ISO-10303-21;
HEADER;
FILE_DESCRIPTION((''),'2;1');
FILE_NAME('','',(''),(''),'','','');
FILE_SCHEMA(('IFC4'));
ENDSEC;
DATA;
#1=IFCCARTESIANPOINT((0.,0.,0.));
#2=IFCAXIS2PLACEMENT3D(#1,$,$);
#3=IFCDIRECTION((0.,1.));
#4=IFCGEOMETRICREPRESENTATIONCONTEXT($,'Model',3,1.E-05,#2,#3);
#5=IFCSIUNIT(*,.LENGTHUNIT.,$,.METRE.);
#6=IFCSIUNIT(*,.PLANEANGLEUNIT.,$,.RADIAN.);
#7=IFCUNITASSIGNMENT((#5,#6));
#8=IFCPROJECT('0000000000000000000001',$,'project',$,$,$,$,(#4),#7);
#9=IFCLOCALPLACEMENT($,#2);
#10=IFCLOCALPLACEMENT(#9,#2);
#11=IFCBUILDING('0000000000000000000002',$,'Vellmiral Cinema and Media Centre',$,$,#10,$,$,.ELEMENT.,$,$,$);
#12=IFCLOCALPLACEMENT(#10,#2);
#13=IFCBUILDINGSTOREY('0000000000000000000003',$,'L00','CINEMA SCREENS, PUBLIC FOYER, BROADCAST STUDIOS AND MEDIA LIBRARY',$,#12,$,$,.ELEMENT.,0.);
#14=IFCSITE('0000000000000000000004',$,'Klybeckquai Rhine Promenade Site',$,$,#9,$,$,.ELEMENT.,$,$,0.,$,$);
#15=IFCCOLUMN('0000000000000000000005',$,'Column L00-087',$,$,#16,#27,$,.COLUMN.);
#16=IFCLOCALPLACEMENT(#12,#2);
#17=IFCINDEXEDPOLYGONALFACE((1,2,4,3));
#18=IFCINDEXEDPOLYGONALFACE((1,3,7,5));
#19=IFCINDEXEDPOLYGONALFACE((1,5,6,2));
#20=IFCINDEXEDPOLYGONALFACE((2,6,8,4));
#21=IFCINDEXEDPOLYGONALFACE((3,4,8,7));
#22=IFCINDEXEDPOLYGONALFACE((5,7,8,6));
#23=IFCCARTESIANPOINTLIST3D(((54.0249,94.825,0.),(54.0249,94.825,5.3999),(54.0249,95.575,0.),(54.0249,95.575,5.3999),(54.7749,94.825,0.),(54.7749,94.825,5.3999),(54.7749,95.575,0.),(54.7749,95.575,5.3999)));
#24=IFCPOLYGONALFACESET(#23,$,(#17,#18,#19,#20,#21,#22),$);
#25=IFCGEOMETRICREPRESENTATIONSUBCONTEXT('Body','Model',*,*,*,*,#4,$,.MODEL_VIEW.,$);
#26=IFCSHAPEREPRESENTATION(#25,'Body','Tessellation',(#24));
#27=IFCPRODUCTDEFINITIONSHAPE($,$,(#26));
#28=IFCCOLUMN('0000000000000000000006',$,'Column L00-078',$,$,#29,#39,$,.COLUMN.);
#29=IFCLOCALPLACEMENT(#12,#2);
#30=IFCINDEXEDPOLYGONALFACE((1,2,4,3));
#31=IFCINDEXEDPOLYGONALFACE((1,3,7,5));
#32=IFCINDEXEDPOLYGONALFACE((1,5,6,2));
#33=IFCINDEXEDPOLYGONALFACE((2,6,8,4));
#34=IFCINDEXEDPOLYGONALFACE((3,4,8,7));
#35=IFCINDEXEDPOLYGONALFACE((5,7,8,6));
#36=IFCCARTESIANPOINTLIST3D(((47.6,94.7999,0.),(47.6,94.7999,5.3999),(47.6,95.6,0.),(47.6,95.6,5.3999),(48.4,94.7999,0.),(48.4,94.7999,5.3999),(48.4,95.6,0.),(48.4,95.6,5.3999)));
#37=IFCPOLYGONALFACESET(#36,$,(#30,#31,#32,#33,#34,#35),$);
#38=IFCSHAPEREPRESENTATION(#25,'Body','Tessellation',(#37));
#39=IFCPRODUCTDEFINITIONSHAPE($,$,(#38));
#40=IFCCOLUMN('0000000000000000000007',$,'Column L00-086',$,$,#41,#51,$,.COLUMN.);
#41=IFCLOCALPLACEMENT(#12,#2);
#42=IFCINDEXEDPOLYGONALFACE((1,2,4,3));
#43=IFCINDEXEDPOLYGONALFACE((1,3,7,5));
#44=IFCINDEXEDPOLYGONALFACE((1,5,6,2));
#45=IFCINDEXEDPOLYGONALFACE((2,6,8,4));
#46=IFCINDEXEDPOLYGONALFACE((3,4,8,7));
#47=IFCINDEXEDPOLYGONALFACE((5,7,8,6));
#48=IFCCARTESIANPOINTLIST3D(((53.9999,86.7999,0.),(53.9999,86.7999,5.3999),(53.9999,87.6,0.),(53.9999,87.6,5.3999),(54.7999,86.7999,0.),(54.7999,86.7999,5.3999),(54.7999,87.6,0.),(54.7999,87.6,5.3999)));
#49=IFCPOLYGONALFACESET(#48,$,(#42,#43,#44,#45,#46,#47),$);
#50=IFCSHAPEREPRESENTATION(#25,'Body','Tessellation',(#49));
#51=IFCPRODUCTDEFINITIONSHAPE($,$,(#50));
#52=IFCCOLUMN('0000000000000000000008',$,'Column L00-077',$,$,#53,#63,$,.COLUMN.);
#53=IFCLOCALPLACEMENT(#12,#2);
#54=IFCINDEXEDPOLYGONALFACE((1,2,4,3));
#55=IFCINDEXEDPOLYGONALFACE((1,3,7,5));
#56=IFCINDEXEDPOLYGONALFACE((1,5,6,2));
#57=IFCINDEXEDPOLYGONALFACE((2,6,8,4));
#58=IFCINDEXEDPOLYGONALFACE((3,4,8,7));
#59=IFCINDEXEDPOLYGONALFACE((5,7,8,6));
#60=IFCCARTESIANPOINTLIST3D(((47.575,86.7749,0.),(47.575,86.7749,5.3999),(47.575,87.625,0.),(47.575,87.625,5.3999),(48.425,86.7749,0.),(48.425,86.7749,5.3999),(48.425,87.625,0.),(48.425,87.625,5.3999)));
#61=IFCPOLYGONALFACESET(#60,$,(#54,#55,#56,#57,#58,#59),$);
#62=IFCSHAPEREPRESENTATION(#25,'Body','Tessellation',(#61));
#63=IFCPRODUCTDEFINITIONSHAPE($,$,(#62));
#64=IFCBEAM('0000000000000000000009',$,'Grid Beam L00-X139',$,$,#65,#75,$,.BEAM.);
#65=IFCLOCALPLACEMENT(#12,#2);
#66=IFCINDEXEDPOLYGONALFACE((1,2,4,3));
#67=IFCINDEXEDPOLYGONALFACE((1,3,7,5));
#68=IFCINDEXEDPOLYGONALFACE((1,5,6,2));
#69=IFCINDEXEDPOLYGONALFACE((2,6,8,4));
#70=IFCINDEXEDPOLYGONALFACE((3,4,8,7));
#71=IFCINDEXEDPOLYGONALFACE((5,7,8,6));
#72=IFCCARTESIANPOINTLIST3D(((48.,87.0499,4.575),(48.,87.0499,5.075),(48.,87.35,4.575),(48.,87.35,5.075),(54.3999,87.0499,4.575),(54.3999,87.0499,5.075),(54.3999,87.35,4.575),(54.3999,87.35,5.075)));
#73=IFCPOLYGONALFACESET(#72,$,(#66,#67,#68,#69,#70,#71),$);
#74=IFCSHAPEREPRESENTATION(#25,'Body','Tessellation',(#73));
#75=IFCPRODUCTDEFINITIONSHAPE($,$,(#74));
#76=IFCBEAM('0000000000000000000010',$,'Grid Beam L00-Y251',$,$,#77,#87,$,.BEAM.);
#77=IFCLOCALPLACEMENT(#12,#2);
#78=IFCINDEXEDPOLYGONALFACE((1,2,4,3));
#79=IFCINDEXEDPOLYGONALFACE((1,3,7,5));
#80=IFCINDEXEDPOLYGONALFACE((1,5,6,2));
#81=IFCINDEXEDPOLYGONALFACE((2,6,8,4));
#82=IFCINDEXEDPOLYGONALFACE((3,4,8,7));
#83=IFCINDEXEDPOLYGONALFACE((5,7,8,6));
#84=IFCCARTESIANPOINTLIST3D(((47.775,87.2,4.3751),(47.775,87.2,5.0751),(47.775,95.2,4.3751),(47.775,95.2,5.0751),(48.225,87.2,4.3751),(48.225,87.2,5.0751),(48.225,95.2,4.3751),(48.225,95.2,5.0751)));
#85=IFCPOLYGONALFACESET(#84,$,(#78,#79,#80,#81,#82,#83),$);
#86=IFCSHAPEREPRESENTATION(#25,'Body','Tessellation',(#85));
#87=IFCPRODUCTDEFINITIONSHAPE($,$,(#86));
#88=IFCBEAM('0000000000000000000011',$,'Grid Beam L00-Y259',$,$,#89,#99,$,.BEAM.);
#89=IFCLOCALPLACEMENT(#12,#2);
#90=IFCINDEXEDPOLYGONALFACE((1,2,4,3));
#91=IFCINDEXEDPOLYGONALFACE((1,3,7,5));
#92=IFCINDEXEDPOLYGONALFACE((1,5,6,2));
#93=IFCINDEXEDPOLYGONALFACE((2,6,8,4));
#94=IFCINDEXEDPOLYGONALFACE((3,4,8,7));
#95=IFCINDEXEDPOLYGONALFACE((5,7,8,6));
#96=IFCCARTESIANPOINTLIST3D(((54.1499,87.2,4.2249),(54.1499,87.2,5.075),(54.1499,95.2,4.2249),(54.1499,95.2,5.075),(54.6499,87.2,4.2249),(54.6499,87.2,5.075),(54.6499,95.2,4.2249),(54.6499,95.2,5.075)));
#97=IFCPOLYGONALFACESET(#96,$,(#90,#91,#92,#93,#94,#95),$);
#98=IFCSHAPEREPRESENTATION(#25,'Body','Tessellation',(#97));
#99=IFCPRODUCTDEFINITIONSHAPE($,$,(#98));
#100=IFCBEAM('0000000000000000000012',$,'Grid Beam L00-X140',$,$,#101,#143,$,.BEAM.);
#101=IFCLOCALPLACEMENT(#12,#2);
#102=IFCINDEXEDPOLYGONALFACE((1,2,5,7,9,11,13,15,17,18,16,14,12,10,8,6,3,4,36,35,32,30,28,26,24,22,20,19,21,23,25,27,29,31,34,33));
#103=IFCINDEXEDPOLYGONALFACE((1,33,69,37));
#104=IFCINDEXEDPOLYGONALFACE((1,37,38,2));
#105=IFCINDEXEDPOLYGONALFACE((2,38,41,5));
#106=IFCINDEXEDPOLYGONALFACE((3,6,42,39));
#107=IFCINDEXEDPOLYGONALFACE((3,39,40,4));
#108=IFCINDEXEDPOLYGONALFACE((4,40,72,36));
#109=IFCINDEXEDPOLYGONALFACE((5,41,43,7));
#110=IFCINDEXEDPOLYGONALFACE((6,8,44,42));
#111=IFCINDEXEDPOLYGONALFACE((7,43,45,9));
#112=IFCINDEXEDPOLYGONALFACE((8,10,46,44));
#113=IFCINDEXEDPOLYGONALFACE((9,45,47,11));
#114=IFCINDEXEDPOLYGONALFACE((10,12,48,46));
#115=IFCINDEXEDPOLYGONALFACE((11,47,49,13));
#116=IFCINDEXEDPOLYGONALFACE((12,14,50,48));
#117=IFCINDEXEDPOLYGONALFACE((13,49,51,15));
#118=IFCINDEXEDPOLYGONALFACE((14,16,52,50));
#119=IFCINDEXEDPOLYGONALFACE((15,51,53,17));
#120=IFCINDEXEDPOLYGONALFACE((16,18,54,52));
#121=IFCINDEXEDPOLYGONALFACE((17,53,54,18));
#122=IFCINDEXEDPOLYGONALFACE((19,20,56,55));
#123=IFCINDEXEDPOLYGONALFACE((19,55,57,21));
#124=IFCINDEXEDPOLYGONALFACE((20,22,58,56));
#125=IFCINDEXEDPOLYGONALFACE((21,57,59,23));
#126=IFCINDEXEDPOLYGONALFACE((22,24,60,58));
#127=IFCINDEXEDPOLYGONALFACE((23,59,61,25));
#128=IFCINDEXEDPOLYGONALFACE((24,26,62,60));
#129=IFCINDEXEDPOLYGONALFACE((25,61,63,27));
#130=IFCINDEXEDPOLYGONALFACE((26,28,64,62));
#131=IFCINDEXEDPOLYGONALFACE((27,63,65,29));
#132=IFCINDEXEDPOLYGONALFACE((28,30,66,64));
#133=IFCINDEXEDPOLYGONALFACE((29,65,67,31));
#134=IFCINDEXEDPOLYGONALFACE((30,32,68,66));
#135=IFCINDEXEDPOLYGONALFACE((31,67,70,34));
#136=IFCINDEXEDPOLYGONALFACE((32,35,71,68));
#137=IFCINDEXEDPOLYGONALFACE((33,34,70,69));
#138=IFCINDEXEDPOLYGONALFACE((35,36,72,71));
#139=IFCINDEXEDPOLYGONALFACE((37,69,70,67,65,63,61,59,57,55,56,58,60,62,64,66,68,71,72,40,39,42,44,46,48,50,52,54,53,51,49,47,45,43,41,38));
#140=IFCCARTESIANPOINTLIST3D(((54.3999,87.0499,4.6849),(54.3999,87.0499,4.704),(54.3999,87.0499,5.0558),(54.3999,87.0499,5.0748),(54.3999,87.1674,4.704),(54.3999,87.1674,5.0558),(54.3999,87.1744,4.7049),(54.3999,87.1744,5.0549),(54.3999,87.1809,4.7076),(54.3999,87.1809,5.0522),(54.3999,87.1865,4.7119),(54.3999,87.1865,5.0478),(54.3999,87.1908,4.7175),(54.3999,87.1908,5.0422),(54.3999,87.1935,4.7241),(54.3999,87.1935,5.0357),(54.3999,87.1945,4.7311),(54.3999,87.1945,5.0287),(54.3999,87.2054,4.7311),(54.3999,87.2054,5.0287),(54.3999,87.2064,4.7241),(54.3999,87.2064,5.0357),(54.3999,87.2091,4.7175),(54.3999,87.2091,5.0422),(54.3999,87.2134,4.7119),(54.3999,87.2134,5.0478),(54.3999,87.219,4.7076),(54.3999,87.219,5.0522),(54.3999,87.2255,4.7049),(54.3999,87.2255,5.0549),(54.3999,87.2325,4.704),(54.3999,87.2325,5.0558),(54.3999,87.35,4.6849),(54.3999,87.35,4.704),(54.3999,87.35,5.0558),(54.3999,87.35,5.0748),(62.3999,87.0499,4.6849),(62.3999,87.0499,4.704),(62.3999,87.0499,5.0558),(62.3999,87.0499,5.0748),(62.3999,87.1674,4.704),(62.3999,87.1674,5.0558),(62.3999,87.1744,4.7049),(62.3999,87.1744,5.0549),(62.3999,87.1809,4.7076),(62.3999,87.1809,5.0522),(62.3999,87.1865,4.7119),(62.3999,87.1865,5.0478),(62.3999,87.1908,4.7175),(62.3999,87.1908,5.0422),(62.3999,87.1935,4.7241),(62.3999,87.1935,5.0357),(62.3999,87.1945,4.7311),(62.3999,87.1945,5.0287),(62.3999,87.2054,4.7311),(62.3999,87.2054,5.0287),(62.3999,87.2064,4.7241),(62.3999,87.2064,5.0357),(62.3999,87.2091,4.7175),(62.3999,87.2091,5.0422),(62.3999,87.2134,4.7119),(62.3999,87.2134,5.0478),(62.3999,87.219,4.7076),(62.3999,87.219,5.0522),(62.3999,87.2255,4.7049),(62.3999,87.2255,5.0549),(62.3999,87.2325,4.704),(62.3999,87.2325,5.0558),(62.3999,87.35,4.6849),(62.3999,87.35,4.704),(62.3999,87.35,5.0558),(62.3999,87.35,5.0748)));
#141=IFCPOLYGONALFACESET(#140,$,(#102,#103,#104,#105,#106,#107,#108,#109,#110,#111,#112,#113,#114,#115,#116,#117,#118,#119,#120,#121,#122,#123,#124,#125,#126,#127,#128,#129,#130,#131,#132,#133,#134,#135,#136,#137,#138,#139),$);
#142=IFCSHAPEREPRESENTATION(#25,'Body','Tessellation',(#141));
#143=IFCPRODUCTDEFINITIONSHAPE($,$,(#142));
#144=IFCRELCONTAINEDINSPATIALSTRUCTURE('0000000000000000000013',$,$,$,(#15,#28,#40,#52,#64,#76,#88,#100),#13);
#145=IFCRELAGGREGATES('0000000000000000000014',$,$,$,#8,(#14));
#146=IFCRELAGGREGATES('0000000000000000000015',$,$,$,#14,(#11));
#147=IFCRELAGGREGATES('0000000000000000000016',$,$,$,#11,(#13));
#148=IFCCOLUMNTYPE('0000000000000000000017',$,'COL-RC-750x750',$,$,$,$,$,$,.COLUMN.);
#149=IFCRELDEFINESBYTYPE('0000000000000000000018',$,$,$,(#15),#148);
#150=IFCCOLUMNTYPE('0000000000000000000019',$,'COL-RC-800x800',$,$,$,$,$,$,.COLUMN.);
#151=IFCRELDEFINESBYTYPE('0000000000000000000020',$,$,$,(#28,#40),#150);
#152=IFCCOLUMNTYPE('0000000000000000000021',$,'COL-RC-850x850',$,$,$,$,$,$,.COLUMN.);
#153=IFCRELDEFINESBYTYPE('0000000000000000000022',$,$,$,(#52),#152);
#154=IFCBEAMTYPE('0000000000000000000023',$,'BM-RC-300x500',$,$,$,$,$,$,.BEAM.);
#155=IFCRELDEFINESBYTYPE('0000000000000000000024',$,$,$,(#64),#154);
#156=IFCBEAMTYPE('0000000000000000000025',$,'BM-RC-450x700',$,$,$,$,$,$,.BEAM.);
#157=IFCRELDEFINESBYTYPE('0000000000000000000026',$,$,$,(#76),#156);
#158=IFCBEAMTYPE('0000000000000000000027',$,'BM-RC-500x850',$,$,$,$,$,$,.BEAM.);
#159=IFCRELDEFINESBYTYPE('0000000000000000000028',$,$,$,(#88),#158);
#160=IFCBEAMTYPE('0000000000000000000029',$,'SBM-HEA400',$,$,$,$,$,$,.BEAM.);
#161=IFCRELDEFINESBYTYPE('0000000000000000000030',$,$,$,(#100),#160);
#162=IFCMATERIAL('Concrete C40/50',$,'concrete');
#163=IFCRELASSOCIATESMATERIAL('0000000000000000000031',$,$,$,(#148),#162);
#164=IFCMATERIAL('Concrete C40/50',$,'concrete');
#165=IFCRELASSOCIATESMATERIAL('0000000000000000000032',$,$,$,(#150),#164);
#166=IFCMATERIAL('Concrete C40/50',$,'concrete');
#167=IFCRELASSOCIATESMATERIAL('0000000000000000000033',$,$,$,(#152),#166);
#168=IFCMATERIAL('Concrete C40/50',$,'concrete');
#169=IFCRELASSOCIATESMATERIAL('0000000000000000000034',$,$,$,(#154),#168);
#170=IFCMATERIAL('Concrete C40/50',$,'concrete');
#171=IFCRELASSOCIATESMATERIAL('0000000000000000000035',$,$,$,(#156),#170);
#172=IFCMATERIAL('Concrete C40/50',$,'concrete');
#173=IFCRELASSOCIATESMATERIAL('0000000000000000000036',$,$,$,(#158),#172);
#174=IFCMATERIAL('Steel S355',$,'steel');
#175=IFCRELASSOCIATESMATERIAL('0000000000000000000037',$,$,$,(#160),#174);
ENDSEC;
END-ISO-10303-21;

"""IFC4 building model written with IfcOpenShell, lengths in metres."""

from ifc_helpers import new_model, si_unit, direction, frame, origin, origin_2d, place, context, subcontext, project, spatial, rectangle, i_section, extrude, material, material_profile, profile_set, type_object, element, save


model = new_model("IFC4")

# Units and contexts
model_context = context("Model", 3, precision=1e-05, world=origin(), true_north=direction((0.0, 1.0)))
body_context = subcontext(model_context, "Body", "Model", "MODEL_VIEW")
ifc_project = project(units=[si_unit("LENGTHUNIT", "METRE"), si_unit("PLANEANGLEUNIT", "RADIAN")], contexts=[model_context])

# Site, building, storey
site_placement = place(None, origin())
site = spatial("IfcSite", under=ifc_project, at=site_placement, Name="Klybeckquai Rhine Promenade Site", CompositionType="ELEMENT", RefElevation=0.0)
building_placement = place(site_placement, origin())
building = spatial("IfcBuilding", under=site, at=building_placement, Name="Vellmiral Cinema and Media Centre", CompositionType="ELEMENT")
storey_placement = place(building_placement, origin())
storey = spatial("IfcBuildingStorey", under=building, at=storey_placement, Name="L00", Description="CINEMA SCREENS, PUBLIC FOYER, BROADCAST STUDIOS AND MEDIA LIBRARY", CompositionType="ELEMENT", Elevation=0.0)

# Columns
ifc_material_1 = material(Name="Concrete C40/50", Category="concrete")
ifc_material_profile_1 = material_profile(ifc_material_1, rectangle(XDim=0.75, YDim=0.75, at=origin_2d()), Name="RC 750x750")
ifc_profile_set_1 = profile_set([ifc_material_profile_1], Name="Concrete C40/50")
column_type_1 = type_object("IfcColumnType", Name="COL-RC-750x750", PredefinedType="COLUMN", material=ifc_profile_set_1)
column_1_placement = place(storey_placement, frame((54.3999, 95.2, 0.0), z_axis=(0.0, 0.0, 1.0), x_axis=(1.0, 0.0, 0.0)))
element("IfcColumn", 1, at=column_1_placement, inside=storey, type_object=column_type_1, Name="Column L00-087", PredefinedType="COLUMN", context=body_context, shape_type="SweptSolid", body=[
    extrude(rectangle(XDim=0.75, YDim=0.75, at=origin_2d()), origin(), (0.0, 0.0, 1.0), 5.3999),
])
ifc_material_2 = material(Name="Concrete C40/50", Category="concrete")
ifc_material_profile_2 = material_profile(ifc_material_2, rectangle(XDim=0.8, YDim=0.8, at=origin_2d()), Name="RC 800x800")
ifc_profile_set_2 = profile_set([ifc_material_profile_2], Name="Concrete C40/50")
column_type_2 = type_object("IfcColumnType", Name="COL-RC-800x800", PredefinedType="COLUMN", material=ifc_profile_set_2)
for number, where, z_axis, x_axis, name in (
    (2, (48.0, 95.2, 0.0), (0.0, 0.0, 1.0), (1.0, 0.0, 0.0), "Column L00-078"),
    (3, (54.3999, 87.2, 0.0), (0.0, 0.0, 1.0), (1.0, 0.0, 0.0), "Column L00-086"),
):
    element("IfcColumn", number, at=place(storey_placement, frame(where, z_axis=z_axis, x_axis=x_axis)), inside=storey, type_object=column_type_2, Name=name, PredefinedType="COLUMN", context=body_context, shape_type="SweptSolid", body=[
        extrude(rectangle(XDim=0.8, YDim=0.8, at=origin_2d()), origin(), (0.0, 0.0, 1.0), 5.3999),
    ])
ifc_material_3 = material(Name="Concrete C40/50", Category="concrete")
ifc_material_profile_3 = material_profile(ifc_material_3, rectangle(XDim=0.8501, YDim=0.8501, at=origin_2d()), Name="RC 850x850")
ifc_profile_set_3 = profile_set([ifc_material_profile_3], Name="Concrete C40/50")
column_type_3 = type_object("IfcColumnType", Name="COL-RC-850x850", PredefinedType="COLUMN", material=ifc_profile_set_3)
column_2_placement = place(storey_placement, frame((48.0, 87.2, 0.0), z_axis=(0.0, 0.0, 1.0), x_axis=(1.0, 0.0, 0.0)))
element("IfcColumn", 4, at=column_2_placement, inside=storey, type_object=column_type_3, Name="Column L00-077", PredefinedType="COLUMN", context=body_context, shape_type="SweptSolid", body=[
    extrude(rectangle(XDim=0.8501, YDim=0.8501, at=origin_2d()), origin(), (0.0, 0.0, 1.0), 5.3999),
])

# Beams
ifc_material_4 = material(Name="Concrete C40/50", Category="concrete")
ifc_material_profile_4 = material_profile(ifc_material_4, rectangle(XDim=0.3, YDim=0.5, at=origin_2d()), Name="RC 300x500")
ifc_profile_set_4 = profile_set([ifc_material_profile_4], Name="Concrete C40/50")
beam_type_1 = type_object("IfcBeamType", Name="BM-RC-300x500", PredefinedType="BEAM", material=ifc_profile_set_4)
beam_1_placement = place(storey_placement, frame((48.0, 87.2, 4.825), z_axis=(1.0, 0.0, 0.0), x_axis=(0.0, 1.0, 0.0)))
element("IfcBeam", 5, at=beam_1_placement, inside=storey, type_object=beam_type_1, Name="Grid Beam L00-X139", PredefinedType="BEAM", context=body_context, shape_type="SweptSolid", body=[
    extrude(rectangle(XDim=0.3, YDim=0.5, at=origin_2d()), origin(), (0.0, 0.0, 1.0), 6.3999),
])
ifc_material_5 = material(Name="Concrete C40/50", Category="concrete")
ifc_material_profile_5 = material_profile(ifc_material_5, rectangle(XDim=0.45, YDim=0.7, at=origin_2d()), Name="RC 450x700")
ifc_profile_set_5 = profile_set([ifc_material_profile_5], Name="Concrete C40/50")
beam_type_2 = type_object("IfcBeamType", Name="BM-RC-450x700", PredefinedType="BEAM", material=ifc_profile_set_5)
beam_2_placement = place(storey_placement, frame((48.0, 87.2, 4.7251), z_axis=(0.0, 1.0, 0.0), x_axis=(-1.0, 0.0, 0.0)))
element("IfcBeam", 6, at=beam_2_placement, inside=storey, type_object=beam_type_2, Name="Grid Beam L00-Y251", PredefinedType="BEAM", context=body_context, shape_type="SweptSolid", body=[
    extrude(rectangle(XDim=0.45, YDim=0.7, at=origin_2d()), origin(), (0.0, 0.0, 1.0), 8.0),
])
ifc_material_6 = material(Name="Concrete C40/50", Category="concrete")
ifc_material_profile_6 = material_profile(ifc_material_6, rectangle(XDim=0.5, YDim=0.8501, at=origin_2d()), Name="RC 500x850")
ifc_profile_set_6 = profile_set([ifc_material_profile_6], Name="Concrete C40/50")
beam_type_3 = type_object("IfcBeamType", Name="BM-RC-500x850", PredefinedType="BEAM", material=ifc_profile_set_6)
beam_3_placement = place(storey_placement, frame((54.3999, 87.2, 4.6499), z_axis=(0.0, 1.0, 0.0), x_axis=(-1.0, 0.0, 0.0)))
element("IfcBeam", 7, at=beam_3_placement, inside=storey, type_object=beam_type_3, Name="Grid Beam L00-Y259", PredefinedType="BEAM", context=body_context, shape_type="SweptSolid", body=[
    extrude(rectangle(XDim=0.5, YDim=0.8501, at=origin_2d()), origin(), (0.0, 0.0, 1.0), 8.0),
])
ifc_material_7 = material(Name="Steel S355", Category="steel")
ifc_material_profile_7 = material_profile(ifc_material_7, i_section(OverallWidth=0.3, OverallDepth=0.3899, WebThickness=0.011, FlangeThickness=0.019, FilletRadius=0.0271, at=origin_2d()), Name="HEA 400")
ifc_profile_set_7 = profile_set([ifc_material_profile_7], Name="Steel S355")
beam_type_4 = type_object("IfcBeamType", Name="SBM-HEA400", PredefinedType="BEAM", material=ifc_profile_set_7)
beam_4_placement = place(storey_placement, frame((54.3999, 87.2, 4.8799), z_axis=(1.0, 0.0, 0.0), x_axis=(0.0, 1.0, 0.0)))
element("IfcBeam", 8, at=beam_4_placement, inside=storey, type_object=beam_type_4, Name="Grid Beam L00-X140", PredefinedType="BEAM", context=body_context, shape_type="SweptSolid", body=[
    extrude(i_section(OverallWidth=0.3, OverallDepth=0.3899, WebThickness=0.011, FlangeThickness=0.019, FilletRadius=0.0271, at=origin_2d()), origin(), (0.0, 0.0, 1.0), 8.0),
])

save(model, "model.ifc")
